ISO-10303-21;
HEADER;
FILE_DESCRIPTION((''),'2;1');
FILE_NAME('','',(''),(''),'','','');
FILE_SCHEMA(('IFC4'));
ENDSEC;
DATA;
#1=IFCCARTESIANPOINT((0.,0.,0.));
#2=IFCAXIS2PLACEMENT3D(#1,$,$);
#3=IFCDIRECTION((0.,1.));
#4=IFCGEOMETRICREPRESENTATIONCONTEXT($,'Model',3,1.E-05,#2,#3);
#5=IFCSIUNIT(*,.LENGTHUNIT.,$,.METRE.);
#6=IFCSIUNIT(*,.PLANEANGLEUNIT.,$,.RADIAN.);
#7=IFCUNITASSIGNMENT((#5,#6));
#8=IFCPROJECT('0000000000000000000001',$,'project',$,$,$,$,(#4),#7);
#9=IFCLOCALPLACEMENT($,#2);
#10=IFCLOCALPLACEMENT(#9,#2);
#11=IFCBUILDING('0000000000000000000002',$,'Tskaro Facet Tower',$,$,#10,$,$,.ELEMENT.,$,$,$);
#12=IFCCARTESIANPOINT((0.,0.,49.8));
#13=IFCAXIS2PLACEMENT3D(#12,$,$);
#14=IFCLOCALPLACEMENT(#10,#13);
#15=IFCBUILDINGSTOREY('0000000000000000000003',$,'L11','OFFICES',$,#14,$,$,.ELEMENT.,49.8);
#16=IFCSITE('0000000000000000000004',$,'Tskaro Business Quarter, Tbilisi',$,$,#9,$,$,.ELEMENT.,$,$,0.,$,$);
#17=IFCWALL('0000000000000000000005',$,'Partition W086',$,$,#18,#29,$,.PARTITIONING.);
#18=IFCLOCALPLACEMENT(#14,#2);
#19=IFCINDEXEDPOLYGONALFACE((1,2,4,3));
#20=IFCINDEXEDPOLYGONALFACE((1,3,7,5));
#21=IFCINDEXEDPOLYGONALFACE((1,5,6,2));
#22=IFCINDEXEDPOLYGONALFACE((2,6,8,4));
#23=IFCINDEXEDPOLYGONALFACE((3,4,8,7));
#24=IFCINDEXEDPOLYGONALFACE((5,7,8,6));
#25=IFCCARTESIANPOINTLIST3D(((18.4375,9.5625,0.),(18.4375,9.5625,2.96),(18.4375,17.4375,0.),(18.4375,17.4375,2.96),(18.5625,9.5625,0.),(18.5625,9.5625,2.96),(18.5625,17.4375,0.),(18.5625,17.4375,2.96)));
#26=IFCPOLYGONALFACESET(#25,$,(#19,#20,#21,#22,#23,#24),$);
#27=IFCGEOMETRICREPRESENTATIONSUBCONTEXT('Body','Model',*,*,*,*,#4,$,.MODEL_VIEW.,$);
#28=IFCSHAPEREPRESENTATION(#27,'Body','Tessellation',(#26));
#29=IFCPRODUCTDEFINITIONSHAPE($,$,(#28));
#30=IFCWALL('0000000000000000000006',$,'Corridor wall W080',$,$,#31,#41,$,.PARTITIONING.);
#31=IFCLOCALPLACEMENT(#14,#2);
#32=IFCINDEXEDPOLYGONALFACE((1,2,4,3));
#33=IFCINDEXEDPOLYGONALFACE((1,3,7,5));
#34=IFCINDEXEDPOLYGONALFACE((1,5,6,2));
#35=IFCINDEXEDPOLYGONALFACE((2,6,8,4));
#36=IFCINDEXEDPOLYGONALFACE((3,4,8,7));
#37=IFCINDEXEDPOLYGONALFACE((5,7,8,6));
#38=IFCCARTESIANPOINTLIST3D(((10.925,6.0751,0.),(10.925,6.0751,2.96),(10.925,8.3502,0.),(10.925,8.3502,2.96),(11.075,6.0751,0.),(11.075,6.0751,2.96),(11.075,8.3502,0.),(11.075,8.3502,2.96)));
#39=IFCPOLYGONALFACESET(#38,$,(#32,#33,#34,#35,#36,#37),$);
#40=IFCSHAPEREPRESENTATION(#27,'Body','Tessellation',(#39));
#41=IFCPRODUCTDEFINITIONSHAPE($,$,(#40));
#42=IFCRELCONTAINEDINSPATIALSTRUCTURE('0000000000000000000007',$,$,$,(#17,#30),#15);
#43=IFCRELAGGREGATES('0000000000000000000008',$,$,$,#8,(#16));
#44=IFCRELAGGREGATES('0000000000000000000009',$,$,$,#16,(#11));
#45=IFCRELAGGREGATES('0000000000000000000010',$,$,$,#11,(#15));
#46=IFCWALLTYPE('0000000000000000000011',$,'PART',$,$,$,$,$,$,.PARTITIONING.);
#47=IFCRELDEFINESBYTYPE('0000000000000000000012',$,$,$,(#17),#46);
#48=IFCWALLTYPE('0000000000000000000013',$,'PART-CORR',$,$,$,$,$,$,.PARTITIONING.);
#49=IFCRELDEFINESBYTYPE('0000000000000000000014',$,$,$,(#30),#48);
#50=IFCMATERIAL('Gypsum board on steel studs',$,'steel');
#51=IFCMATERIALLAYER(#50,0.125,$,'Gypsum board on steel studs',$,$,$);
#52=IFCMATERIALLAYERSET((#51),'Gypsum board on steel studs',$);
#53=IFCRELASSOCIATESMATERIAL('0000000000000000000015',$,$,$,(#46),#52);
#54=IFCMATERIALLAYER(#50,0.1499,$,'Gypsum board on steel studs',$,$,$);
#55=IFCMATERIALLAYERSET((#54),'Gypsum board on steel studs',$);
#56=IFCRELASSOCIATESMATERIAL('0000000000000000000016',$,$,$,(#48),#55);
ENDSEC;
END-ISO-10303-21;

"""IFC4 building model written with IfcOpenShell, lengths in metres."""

from ifc_helpers import new_model, si_unit, direction, frame, frame_2d, origin, place, context, subcontext, project, spatial, rectangle, extrude, material, layer, layer_set, type_object, element, save


model = new_model("IFC4")

# Units and contexts
model_context = context("Model", 3, precision=1e-05, world=origin(), true_north=direction((0.0, 1.0)))
body_context = subcontext(model_context, "Body", "Model", "MODEL_VIEW")
ifc_project = project(units=[si_unit("LENGTHUNIT", "METRE"), si_unit("PLANEANGLEUNIT", "RADIAN")], contexts=[model_context])

# Site, building, storey
site_placement = place(None, origin())
site = spatial("IfcSite", under=ifc_project, at=site_placement, Name="Tskaro Business Quarter, Tbilisi", CompositionType="ELEMENT", RefElevation=0.0)
building_placement = place(site_placement, origin())
building = spatial("IfcBuilding", under=site, at=building_placement, Name="Tskaro Facet Tower", CompositionType="ELEMENT")
storey_placement = place(building_placement, frame((0.0, 0.0, 49.8)))
storey = spatial("IfcBuildingStorey", under=building, at=storey_placement, Name="L11", Description="OFFICES", CompositionType="ELEMENT", Elevation=49.8)

# Shared definitions
ifc_material_1 = material(Name="Gypsum board on steel studs", Category="steel")
ifc_layer_1 = layer(ifc_material_1, 0.125, Name="Gypsum board on steel studs")
ifc_layer_set_1 = layer_set([ifc_layer_1], Name="Gypsum board on steel studs")
wall_type_1 = type_object("IfcWallType", Name="PART", PredefinedType="PARTITIONING", material=ifc_layer_set_1)

# Walls
wall_1_placement = place(storey_placement, frame((18.5, 9.5625, 0.0), z_axis=(0.0, 0.0, 1.0), x_axis=(0.0, 1.0, 0.0)))
element("IfcWall", 1, at=wall_1_placement, inside=storey, type_object=wall_type_1, Name="Partition W086", PredefinedType="PARTITIONING", context=body_context, shape_type="SweptSolid", body=[
    extrude(rectangle(XDim=7.875, YDim=0.125, at=frame_2d((3.9375, 0.0))), origin(), (0.0, 0.0, 1.0), 2.96),
])
ifc_layer_2 = layer(ifc_material_1, 0.1499, Name="Gypsum board on steel studs")
ifc_layer_set_2 = layer_set([ifc_layer_2], Name="Gypsum board on steel studs")
wall_type_2 = type_object("IfcWallType", Name="PART-CORR", PredefinedType="PARTITIONING", material=ifc_layer_set_2)
wall_2_placement = place(storey_placement, frame((11.0, 6.075, 0.0), z_axis=(0.0, 0.0, 1.0), x_axis=(0.0, 1.0, 0.0)))
element("IfcWall", 2, at=wall_2_placement, inside=storey, type_object=wall_type_2, Name="Corridor wall W080", PredefinedType="PARTITIONING", context=body_context, shape_type="SweptSolid", body=[
    extrude(rectangle(XDim=2.2751, YDim=0.1499, at=frame_2d((1.1377, 0.0))), origin(), (0.0, 0.0, 1.0), 2.96),
])

save(model, "model.ifc")
